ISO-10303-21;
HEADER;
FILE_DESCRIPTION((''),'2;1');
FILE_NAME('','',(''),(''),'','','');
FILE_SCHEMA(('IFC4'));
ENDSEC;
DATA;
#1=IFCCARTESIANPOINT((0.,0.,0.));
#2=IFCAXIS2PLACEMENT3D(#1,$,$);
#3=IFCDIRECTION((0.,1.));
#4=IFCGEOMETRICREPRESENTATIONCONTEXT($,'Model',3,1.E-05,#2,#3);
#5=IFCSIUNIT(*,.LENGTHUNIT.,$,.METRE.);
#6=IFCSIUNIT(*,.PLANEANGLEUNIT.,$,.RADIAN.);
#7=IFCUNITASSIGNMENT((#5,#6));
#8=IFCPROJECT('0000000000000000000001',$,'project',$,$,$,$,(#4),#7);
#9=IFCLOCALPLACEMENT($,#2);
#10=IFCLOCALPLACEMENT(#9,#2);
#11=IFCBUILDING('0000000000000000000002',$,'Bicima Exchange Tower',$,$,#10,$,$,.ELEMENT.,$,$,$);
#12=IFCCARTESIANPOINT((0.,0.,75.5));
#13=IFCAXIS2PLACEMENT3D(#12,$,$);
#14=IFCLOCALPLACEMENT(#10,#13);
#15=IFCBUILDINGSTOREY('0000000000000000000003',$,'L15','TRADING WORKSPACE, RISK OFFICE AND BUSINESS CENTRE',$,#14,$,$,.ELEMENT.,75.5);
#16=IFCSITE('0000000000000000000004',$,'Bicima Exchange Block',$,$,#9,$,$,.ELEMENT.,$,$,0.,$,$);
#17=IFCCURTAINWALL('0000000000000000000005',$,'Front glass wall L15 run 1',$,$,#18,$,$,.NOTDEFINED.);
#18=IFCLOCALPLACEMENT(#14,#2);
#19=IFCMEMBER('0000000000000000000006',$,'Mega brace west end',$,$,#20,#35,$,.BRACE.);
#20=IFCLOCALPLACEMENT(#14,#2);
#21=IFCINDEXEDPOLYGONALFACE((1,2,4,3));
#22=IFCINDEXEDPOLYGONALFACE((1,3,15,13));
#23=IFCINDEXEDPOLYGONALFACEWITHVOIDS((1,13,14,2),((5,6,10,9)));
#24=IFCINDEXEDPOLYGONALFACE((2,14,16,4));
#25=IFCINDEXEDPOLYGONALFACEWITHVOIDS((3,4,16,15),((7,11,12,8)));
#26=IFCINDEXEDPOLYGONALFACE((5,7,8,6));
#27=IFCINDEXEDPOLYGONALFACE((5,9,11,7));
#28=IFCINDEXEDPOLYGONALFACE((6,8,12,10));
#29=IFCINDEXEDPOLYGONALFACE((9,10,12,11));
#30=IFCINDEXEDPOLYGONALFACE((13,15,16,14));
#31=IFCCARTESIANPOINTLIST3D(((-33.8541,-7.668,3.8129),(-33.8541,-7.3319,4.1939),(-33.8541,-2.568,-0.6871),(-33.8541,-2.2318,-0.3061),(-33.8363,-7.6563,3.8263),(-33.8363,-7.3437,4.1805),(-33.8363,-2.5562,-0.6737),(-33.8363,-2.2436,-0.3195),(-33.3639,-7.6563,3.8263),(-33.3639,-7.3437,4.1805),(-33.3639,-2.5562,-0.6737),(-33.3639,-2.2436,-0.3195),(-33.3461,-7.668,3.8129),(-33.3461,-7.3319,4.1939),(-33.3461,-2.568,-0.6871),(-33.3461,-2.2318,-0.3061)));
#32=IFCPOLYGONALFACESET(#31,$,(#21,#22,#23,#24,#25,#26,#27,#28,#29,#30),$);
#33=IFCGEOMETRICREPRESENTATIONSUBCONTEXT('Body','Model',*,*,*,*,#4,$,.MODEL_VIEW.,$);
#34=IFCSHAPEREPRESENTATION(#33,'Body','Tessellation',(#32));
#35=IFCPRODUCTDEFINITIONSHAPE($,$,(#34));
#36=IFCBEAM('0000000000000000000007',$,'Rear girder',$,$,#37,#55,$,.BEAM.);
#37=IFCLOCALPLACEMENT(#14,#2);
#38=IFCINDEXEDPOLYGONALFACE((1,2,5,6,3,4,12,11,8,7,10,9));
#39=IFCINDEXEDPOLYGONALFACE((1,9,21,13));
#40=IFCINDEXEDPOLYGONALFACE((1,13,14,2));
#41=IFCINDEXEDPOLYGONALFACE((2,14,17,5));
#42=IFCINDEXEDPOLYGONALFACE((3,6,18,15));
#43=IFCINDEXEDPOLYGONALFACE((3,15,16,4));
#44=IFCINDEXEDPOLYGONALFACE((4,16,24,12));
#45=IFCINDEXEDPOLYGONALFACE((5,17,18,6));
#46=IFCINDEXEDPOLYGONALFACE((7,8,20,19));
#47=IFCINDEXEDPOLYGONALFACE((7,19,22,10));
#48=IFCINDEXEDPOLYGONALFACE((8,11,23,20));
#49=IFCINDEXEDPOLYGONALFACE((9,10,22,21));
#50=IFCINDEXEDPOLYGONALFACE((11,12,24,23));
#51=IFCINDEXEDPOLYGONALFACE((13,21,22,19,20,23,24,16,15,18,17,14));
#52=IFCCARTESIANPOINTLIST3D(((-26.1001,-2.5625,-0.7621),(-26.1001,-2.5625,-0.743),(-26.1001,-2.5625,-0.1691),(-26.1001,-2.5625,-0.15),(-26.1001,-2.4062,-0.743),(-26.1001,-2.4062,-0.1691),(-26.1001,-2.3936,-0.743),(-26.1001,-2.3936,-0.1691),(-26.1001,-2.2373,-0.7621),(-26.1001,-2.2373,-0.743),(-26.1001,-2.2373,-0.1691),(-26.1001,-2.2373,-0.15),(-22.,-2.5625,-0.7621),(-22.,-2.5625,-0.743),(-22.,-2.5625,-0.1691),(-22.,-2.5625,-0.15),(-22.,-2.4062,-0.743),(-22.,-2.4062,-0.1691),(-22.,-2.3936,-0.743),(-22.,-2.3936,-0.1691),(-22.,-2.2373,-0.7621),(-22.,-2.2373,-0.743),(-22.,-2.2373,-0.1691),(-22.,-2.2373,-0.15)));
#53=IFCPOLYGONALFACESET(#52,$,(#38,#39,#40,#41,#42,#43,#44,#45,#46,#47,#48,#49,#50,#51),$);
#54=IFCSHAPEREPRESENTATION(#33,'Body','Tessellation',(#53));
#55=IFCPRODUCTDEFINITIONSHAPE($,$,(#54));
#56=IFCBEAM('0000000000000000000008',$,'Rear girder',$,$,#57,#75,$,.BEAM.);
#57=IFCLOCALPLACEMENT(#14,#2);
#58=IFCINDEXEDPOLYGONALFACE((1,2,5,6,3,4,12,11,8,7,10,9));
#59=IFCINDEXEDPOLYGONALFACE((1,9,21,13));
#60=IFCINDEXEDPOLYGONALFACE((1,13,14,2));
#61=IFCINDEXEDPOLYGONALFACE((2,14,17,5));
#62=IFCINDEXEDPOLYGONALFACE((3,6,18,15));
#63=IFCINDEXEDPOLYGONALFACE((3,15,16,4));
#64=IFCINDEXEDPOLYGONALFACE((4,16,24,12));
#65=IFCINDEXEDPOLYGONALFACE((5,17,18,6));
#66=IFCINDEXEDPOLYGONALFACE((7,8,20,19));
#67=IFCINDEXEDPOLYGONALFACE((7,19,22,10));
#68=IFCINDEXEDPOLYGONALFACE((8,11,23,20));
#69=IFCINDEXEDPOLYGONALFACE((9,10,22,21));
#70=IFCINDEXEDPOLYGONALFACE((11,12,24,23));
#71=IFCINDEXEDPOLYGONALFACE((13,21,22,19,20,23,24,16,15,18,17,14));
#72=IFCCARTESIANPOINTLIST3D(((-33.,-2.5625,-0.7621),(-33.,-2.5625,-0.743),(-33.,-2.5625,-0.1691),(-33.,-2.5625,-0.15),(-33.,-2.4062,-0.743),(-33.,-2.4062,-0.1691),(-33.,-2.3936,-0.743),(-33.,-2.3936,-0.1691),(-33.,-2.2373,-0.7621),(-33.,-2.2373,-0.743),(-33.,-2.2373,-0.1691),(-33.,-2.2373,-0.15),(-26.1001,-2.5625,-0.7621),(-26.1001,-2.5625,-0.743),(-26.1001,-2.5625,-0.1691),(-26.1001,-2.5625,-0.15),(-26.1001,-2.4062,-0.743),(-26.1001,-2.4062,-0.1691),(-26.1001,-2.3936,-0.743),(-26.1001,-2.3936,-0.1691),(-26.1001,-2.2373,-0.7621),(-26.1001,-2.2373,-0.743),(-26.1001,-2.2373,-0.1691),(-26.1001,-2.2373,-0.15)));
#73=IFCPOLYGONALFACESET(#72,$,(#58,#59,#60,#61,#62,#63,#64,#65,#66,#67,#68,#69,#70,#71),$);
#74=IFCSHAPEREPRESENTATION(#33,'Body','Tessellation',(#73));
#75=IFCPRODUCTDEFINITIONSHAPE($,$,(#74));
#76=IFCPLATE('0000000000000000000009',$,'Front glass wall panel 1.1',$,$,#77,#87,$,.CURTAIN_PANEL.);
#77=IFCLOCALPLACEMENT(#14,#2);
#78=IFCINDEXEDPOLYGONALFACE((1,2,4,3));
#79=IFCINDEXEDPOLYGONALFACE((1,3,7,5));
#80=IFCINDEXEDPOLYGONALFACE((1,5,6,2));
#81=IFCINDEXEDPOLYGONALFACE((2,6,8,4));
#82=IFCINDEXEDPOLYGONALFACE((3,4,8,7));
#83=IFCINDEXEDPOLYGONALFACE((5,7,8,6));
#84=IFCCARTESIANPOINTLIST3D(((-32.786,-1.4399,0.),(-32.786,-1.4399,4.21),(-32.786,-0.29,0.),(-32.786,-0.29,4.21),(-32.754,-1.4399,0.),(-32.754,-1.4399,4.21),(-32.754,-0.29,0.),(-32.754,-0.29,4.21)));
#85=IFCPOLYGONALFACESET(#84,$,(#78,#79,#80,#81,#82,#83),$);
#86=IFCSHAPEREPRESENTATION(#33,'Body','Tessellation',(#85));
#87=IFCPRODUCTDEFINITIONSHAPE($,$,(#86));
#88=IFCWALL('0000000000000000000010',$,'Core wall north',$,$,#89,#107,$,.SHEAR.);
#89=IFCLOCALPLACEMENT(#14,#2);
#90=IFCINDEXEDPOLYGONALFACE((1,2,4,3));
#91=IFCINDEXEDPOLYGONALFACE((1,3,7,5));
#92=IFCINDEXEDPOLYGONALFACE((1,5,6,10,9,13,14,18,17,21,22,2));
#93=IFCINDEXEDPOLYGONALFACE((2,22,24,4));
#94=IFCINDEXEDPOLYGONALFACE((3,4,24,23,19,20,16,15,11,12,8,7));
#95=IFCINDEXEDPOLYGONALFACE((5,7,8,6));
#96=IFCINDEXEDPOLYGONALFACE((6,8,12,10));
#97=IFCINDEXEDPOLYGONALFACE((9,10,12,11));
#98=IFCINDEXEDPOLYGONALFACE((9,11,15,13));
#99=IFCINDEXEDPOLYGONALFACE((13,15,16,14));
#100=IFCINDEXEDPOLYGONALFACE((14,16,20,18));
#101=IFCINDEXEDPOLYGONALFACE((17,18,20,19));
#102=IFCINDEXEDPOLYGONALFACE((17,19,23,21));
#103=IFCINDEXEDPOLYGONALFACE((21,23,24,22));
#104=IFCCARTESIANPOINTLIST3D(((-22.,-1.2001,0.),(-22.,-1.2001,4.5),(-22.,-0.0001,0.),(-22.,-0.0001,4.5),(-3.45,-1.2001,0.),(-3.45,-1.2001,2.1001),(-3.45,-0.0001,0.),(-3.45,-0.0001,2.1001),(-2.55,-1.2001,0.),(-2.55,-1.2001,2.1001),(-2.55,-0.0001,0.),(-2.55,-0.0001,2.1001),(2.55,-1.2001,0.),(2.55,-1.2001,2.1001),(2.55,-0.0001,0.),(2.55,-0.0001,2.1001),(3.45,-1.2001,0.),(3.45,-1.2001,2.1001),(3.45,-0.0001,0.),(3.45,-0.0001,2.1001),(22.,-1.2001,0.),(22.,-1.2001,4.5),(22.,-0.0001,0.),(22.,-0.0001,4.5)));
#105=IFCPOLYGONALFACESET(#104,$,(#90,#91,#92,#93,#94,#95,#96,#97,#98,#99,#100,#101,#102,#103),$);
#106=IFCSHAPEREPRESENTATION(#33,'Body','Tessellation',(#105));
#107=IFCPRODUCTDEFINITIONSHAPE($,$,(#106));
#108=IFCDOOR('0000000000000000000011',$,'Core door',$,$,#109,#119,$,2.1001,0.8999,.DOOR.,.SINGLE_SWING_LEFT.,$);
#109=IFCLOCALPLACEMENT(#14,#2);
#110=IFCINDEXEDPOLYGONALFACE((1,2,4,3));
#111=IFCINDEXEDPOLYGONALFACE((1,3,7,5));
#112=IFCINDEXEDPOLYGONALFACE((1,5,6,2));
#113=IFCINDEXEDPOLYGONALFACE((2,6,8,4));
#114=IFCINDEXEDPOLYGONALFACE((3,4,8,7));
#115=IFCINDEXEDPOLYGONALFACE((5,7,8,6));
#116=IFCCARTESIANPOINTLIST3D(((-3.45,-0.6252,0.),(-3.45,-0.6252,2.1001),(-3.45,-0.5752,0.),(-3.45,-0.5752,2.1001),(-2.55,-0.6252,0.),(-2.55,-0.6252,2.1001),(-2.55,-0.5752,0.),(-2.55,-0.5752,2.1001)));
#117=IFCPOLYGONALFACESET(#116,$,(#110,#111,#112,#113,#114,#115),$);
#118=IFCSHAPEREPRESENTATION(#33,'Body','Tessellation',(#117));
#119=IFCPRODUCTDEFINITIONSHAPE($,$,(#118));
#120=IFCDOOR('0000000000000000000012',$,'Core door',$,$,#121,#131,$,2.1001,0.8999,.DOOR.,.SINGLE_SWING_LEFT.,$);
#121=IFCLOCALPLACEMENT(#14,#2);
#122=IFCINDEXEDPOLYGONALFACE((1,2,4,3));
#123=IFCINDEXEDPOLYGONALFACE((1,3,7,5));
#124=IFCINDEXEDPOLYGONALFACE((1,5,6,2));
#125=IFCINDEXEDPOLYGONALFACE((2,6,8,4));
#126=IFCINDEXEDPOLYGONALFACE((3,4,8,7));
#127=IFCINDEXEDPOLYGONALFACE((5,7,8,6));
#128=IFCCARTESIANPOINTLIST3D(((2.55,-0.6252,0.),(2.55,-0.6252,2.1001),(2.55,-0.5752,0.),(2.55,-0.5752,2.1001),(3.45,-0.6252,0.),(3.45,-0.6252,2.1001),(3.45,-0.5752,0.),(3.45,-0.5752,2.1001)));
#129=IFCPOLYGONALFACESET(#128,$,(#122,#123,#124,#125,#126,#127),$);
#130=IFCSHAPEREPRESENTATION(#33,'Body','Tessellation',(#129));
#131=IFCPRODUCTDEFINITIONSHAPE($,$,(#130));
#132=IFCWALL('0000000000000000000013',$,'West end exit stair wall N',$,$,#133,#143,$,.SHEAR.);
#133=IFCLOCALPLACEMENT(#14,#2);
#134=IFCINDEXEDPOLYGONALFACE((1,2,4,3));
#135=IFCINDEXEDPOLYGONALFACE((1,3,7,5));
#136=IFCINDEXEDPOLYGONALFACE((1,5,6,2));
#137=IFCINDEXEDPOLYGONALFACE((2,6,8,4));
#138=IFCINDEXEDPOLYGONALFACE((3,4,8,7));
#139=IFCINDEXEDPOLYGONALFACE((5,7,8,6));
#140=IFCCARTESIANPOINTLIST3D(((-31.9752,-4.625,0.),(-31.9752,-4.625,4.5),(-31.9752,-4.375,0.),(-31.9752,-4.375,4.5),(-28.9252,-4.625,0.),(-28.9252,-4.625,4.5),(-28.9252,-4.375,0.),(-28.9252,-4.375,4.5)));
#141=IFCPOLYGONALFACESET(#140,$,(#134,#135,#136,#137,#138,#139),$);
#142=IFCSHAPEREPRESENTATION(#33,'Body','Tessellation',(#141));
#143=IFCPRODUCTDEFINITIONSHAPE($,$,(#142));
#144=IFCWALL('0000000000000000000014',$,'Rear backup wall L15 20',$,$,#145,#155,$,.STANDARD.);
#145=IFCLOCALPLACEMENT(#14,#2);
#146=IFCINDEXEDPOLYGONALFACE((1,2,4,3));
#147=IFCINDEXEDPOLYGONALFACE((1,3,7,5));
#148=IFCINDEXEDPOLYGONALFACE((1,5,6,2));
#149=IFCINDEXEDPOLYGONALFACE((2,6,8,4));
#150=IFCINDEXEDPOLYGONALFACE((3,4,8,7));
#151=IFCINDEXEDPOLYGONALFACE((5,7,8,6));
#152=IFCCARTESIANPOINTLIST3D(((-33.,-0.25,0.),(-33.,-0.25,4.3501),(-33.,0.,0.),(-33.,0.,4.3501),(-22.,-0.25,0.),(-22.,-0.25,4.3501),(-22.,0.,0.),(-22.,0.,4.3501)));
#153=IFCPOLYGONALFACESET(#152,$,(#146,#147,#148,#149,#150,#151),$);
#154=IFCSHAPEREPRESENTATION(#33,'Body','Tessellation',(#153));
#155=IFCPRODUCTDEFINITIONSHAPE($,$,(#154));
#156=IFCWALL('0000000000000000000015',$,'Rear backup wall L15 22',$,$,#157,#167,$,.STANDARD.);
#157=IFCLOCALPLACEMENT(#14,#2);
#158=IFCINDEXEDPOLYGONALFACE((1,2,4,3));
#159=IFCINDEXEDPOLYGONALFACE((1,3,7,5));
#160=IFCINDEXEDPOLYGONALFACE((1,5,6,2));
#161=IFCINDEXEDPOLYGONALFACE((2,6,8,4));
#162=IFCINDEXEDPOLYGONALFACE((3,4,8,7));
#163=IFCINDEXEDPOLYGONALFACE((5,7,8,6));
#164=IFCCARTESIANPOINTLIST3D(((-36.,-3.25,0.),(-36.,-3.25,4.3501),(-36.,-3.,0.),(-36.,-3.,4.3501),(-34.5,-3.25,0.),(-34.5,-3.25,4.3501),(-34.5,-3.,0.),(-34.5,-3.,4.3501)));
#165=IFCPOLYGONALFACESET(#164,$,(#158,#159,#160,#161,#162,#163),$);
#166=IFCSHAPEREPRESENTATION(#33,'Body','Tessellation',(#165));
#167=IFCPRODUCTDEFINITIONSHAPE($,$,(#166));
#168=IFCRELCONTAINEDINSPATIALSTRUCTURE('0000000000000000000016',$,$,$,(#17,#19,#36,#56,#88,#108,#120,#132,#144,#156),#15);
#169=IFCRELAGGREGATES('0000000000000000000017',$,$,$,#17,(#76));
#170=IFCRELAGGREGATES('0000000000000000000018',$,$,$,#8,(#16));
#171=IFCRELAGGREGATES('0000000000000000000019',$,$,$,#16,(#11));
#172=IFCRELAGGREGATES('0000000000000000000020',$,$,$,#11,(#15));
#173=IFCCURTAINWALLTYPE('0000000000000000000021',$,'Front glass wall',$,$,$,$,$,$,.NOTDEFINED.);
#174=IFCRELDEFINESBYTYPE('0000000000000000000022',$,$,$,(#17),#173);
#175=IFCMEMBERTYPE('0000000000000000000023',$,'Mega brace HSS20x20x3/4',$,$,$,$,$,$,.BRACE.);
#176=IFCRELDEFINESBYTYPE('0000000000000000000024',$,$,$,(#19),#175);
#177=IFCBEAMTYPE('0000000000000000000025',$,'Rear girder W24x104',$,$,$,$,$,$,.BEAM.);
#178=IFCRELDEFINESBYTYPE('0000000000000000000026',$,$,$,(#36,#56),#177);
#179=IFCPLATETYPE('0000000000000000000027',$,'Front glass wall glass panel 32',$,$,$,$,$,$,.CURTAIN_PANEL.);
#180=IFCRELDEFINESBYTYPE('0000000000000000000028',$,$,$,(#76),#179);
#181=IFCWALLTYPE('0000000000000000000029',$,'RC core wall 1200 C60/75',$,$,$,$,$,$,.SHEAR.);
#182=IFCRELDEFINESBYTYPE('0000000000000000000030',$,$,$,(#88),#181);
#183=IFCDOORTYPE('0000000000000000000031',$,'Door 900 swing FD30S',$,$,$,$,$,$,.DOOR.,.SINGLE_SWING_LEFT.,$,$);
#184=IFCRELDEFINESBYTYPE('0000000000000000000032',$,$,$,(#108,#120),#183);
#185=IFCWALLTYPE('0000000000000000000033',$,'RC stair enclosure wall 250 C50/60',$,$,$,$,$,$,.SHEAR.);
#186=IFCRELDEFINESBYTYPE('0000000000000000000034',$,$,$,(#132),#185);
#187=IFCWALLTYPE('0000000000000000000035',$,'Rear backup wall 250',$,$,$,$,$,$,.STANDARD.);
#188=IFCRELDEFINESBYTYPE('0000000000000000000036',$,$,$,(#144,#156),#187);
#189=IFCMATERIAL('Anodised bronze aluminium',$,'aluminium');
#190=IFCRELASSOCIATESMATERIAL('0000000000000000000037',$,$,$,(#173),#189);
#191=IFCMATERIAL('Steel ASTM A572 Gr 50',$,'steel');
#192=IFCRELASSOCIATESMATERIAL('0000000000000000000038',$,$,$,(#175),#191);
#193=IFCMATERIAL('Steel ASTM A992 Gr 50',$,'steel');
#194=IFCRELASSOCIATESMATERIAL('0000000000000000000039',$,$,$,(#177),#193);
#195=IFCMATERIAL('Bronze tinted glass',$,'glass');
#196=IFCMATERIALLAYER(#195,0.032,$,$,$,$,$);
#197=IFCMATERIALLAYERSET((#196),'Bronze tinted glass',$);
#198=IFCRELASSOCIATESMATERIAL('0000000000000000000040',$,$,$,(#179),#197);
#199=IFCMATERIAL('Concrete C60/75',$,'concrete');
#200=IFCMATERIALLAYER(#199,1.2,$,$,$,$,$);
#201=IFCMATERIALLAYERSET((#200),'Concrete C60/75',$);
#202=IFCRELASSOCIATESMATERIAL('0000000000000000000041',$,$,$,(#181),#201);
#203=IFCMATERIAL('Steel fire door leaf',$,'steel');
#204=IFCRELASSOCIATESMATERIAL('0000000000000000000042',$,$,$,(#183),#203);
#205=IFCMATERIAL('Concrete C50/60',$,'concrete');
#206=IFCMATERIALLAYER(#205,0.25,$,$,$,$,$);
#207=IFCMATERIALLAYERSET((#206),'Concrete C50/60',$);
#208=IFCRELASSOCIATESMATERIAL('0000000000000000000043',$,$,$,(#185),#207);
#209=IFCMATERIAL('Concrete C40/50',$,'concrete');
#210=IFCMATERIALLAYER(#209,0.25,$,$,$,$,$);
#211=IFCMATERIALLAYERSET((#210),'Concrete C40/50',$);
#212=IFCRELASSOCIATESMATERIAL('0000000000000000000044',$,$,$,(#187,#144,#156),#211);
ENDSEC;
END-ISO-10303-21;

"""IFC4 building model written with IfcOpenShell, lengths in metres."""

from ifc_helpers import new_model, si_unit, direction, frame, frame_2d, origin, origin_2d, place, context, subcontext, project, spatial, rectangle, hollow_rectangle, i_section, extrude, material, layer, layer_set, layer_usage, material_profile, profile_set, type_object, element, fill, aggregate, save


model = new_model("IFC4")

# Units and contexts
model_context = context("Model", 3, precision=1e-05, world=origin(), true_north=direction((0.0, 1.0)))
body_context = subcontext(model_context, "Body", "Model", "MODEL_VIEW")
ifc_project = project(units=[si_unit("LENGTHUNIT", "METRE"), si_unit("PLANEANGLEUNIT", "RADIAN")], contexts=[model_context])

# Site, building, storey
site_placement = place(None, origin())
site = spatial("IfcSite", under=ifc_project, at=site_placement, Name="Bicima Exchange Block", CompositionType="ELEMENT", RefElevation=0.0)
building_placement = place(site_placement, origin())
building = spatial("IfcBuilding", under=site, at=building_placement, Name="Bicima Exchange Tower", CompositionType="ELEMENT")
storey_placement = place(building_placement, frame((0.0, 0.0, 75.5)))
storey = spatial("IfcBuildingStorey", under=building, at=storey_placement, Name="L15", Description="TRADING WORKSPACE, RISK OFFICE AND BUSINESS CENTRE", CompositionType="ELEMENT", Elevation=75.5)

# Shared definitions
ifc_material_1 = material(Name="Steel ASTM A572 Gr 50", Category="steel")
ifc_material_2 = material(Name="Steel ASTM A992 Gr 50", Category="steel")

# Curtain wall
ifc_material_3 = material(Name="Anodised bronze aluminium", Category="aluminium")
curtain_wall_type = type_object("IfcCurtainWallType", Name="Front glass wall", PredefinedType="NOTDEFINED", material=ifc_material_3)
curtain_wall_placement = place(storey_placement, origin())
curtain_wall = element("IfcCurtainWall", 1, at=curtain_wall_placement, inside=storey, type_object=curtain_wall_type, Name="Front glass wall L15 run 1", PredefinedType="NOTDEFINED")

# Member
ifc_material_profile_1 = material_profile(ifc_material_1, hollow_rectangle(XDim=0.5081, YDim=0.5081, WallThickness=0.0178, at=origin_2d()))
ifc_profile_set_1 = profile_set([ifc_material_profile_1], Name="Steel ASTM A572 Gr 50")
member_type_1 = type_object("IfcMemberType", Name="Mega brace HSS20x20x3/4", PredefinedType="BRACE", material=ifc_profile_set_1)
member_1_placement = place(storey_placement, frame((-33.6001, -2.3999, -0.4966), z_axis=(0.0, -0.749844, 0.661615), x_axis=(1.0, 0.0, 0.0)))
element("IfcMember", 2, at=member_1_placement, inside=storey, type_object=member_type_1, Name="Mega brace west end", PredefinedType="BRACE", context=body_context, shape_type="SweptSolid", body=[
    extrude(hollow_rectangle(XDim=0.5081, YDim=0.5081, WallThickness=0.0178, at=origin_2d()), origin(), (0.0, 0.0, 1.0), 6.8015),
])

# Beams
ifc_material_profile_2 = material_profile(ifc_material_2, i_section(OverallWidth=0.3252, OverallDepth=0.6121, WebThickness=0.0127, FlangeThickness=0.019, at=origin_2d()))
ifc_profile_set_2 = profile_set([ifc_material_profile_2], Name="Steel ASTM A992 Gr 50")
beam_type_1 = type_object("IfcBeamType", Name="Rear girder W24x104", PredefinedType="BEAM", material=ifc_profile_set_2)
beam_1_placement = place(storey_placement, frame((-22.0, -2.3999, -0.4561), z_axis=(-1.0, 0.0, 0.0), x_axis=(0.0, -1.0, 0.0)))
element("IfcBeam", 3, at=beam_1_placement, inside=storey, type_object=beam_type_1, Name="Rear girder", PredefinedType="BEAM", context=body_context, shape_type="SweptSolid", body=[
    extrude(i_section(OverallWidth=0.3252, OverallDepth=0.6121, WebThickness=0.0127, FlangeThickness=0.019, at=origin_2d()), origin(), (0.0, 0.0, 1.0), 4.1001),
])
beam_2_placement = place(storey_placement, frame((-26.1001, -2.3999, -0.4561), z_axis=(-1.0, 0.0, 0.0), x_axis=(0.0, -1.0, 0.0)))
element("IfcBeam", 4, at=beam_2_placement, inside=storey, type_object=beam_type_1, Name="Rear girder", PredefinedType="BEAM", context=body_context, shape_type="SweptSolid", body=[
    extrude(i_section(OverallWidth=0.3252, OverallDepth=0.6121, WebThickness=0.0127, FlangeThickness=0.019, at=origin_2d()), origin(), (0.0, 0.0, 1.0), 6.8999),
])

# Plate
ifc_material_4 = material(Name="Bronze tinted glass", Category="glass")
ifc_layer_1 = layer(ifc_material_4, 0.032)
ifc_layer_set_1 = layer_set([ifc_layer_1], Name="Bronze tinted glass")
plate_type = type_object("IfcPlateType", Name="Front glass wall glass panel 32", PredefinedType="CURTAIN_PANEL", material=ifc_layer_set_1)
plate_placement = place(storey_placement, frame((-32.77, -0.865, 0.0), z_axis=(0.0, 0.0, 1.0), x_axis=(0.0, -1.0, 0.0)))
plate = element("IfcPlate", 5, at=plate_placement, type_object=plate_type, Name="Front glass wall panel 1.1", PredefinedType="CURTAIN_PANEL", context=body_context, shape_type="SweptSolid", body=[
    extrude(rectangle(XDim=1.1499, YDim=0.032, at=origin_2d()), origin(), (0.0, 0.0, 1.0), 4.21),
])
aggregate(curtain_wall, [plate])

# Wall, openings, doors
ifc_material_5 = material(Name="Concrete C60/75", Category="concrete")
ifc_layer_2 = layer(ifc_material_5, 1.2)
ifc_layer_set_2 = layer_set([ifc_layer_2], Name="Concrete C60/75")
wall_type_1 = type_object("IfcWallType", Name="RC core wall 1200 C60/75", PredefinedType="SHEAR", material=ifc_layer_set_2)
wall_1_placement = place(storey_placement, frame((-22.0, -0.6001, 0.0), z_axis=(0.0, 0.0, 1.0), x_axis=(1.0, 0.0, 0.0)))
wall_1 = element("IfcWall", 6, at=wall_1_placement, inside=storey, type_object=wall_type_1, Name="Core wall north", PredefinedType="SHEAR", context=body_context, shape_type="SweptSolid", body=[
    extrude(rectangle(XDim=44.0, YDim=1.2, at=frame_2d((22.0, 0.0))), origin(), (0.0, 0.0, 1.0), 4.5),
])
opening_1_placement = place(wall_1_placement, frame((18.55, 0.0, 0.0)))
opening_1 = element("IfcOpeningElement", 7, at=opening_1_placement, cuts=wall_1, PredefinedType="OPENING", context=body_context, shape_type="SweptSolid", body=[
    extrude(rectangle(XDim=0.8999, YDim=2.1001, at=frame_2d((0.45, 1.05))), frame((0.0, 0.6118, 0.0), z_axis=(0.0, -1.0, 0.0), x_axis=(1.0, 0.0, 0.0)), (0.0, 0.0, 1.0), 1.2239),
])
opening_2_placement = place(wall_1_placement, frame((24.55, 0.0, 0.0)))
opening_2 = element("IfcOpeningElement", 8, at=opening_2_placement, cuts=wall_1, PredefinedType="OPENING", context=body_context, shape_type="SweptSolid", body=[
    extrude(rectangle(XDim=0.8999, YDim=2.1001, at=frame_2d((0.45, 1.05))), frame((0.0, 0.6118, 0.0), z_axis=(0.0, -1.0, 0.0), x_axis=(1.0, 0.0, 0.0)), (0.0, 0.0, 1.0), 1.2239),
])
ifc_material_6 = material(Name="Steel fire door leaf", Category="steel")
door_type = type_object("IfcDoorType", Name="Door 900 swing FD30S", OperationType="SINGLE_SWING_LEFT", PredefinedType="DOOR", material=ifc_material_6)
door_1_placement = place(opening_1_placement, origin())
door_1 = element("IfcDoor", 9, at=door_1_placement, inside=storey, type_object=door_type, Name="Core door", OperationType="SINGLE_SWING_LEFT", OverallHeight=2.1001, OverallWidth=0.8999, PredefinedType="DOOR", context=body_context, shape_type="SweptSolid", body=[
    extrude(rectangle(XDim=0.8999, YDim=2.1001, at=frame_2d((0.45, 1.05))), frame((0.0, 0.0249, 0.0), z_axis=(0.0, -1.0, 0.0), x_axis=(1.0, 0.0, 0.0)), (0.0, 0.0, 1.0), 0.05),
])
fill(opening_1, door_1)
door_2_placement = place(opening_2_placement, origin())
door_2 = element("IfcDoor", 10, at=door_2_placement, inside=storey, type_object=door_type, Name="Core door", OperationType="SINGLE_SWING_LEFT", OverallHeight=2.1001, OverallWidth=0.8999, PredefinedType="DOOR", context=body_context, shape_type="SweptSolid", body=[
    extrude(rectangle(XDim=0.8999, YDim=2.1001, at=frame_2d((0.45, 1.05))), frame((0.0, 0.0249, 0.0), z_axis=(0.0, -1.0, 0.0), x_axis=(1.0, 0.0, 0.0)), (0.0, 0.0, 1.0), 0.05),
])
fill(opening_2, door_2)

# Walls
ifc_material_7 = material(Name="Concrete C50/60", Category="concrete")
ifc_layer_3 = layer(ifc_material_7, 0.25)
ifc_layer_set_3 = layer_set([ifc_layer_3], Name="Concrete C50/60")
wall_type_2 = type_object("IfcWallType", Name="RC stair enclosure wall 250 C50/60", PredefinedType="SHEAR", material=ifc_layer_set_3)
wall_2_placement = place(storey_placement, frame((-31.9751, -4.5, 0.0), z_axis=(0.0, 0.0, 1.0), x_axis=(1.0, 0.0, 0.0)))
element("IfcWall", 11, at=wall_2_placement, inside=storey, type_object=wall_type_2, Name="West end exit stair wall N", PredefinedType="SHEAR", context=body_context, shape_type="SweptSolid", body=[
    extrude(rectangle(XDim=3.05, YDim=0.25, at=frame_2d((1.5249, 0.0))), origin(), (0.0, 0.0, 1.0), 4.5),
])
ifc_material_8 = material(Name="Concrete C40/50", Category="concrete")
ifc_layer_4 = layer(ifc_material_8, 0.25)
ifc_layer_set_4 = layer_set([ifc_layer_4], Name="Concrete C40/50")
ifc_layer_usage = layer_usage(ifc_layer_set_4, "AXIS2", "POSITIVE", -0.125)
wall_type_3 = type_object("IfcWallType", Name="Rear backup wall 250", PredefinedType="STANDARD", material=ifc_layer_set_4)
wall_3_placement = place(storey_placement, frame((-22.0, -0.125, 0.0), z_axis=(0.0, 0.0, 1.0), x_axis=(-1.0, 0.0, 0.0)))
element("IfcWall", 12, at=wall_3_placement, inside=storey, type_object=wall_type_3, material=ifc_layer_usage, Name="Rear backup wall L15 20", PredefinedType="STANDARD", context=body_context, shape_type="SweptSolid", body=[
    extrude(rectangle(XDim=11.0, YDim=0.25, at=frame_2d((5.5, 0.0))), origin(), (0.0, 0.0, 1.0), 4.3501),
])
wall_4_placement = place(storey_placement, frame((-34.5, -3.125, 0.0), z_axis=(0.0, 0.0, 1.0), x_axis=(-1.0, 0.0, 0.0)))
element("IfcWall", 13, at=wall_4_placement, inside=storey, type_object=wall_type_3, material=ifc_layer_usage, Name="Rear backup wall L15 22", PredefinedType="STANDARD", context=body_context, shape_type="SweptSolid", body=[
    extrude(rectangle(XDim=1.5, YDim=0.25, at=frame_2d((0.75, 0.0))), origin(), (0.0, 0.0, 1.0), 4.3501),
])

save(model, "model.ifc")
